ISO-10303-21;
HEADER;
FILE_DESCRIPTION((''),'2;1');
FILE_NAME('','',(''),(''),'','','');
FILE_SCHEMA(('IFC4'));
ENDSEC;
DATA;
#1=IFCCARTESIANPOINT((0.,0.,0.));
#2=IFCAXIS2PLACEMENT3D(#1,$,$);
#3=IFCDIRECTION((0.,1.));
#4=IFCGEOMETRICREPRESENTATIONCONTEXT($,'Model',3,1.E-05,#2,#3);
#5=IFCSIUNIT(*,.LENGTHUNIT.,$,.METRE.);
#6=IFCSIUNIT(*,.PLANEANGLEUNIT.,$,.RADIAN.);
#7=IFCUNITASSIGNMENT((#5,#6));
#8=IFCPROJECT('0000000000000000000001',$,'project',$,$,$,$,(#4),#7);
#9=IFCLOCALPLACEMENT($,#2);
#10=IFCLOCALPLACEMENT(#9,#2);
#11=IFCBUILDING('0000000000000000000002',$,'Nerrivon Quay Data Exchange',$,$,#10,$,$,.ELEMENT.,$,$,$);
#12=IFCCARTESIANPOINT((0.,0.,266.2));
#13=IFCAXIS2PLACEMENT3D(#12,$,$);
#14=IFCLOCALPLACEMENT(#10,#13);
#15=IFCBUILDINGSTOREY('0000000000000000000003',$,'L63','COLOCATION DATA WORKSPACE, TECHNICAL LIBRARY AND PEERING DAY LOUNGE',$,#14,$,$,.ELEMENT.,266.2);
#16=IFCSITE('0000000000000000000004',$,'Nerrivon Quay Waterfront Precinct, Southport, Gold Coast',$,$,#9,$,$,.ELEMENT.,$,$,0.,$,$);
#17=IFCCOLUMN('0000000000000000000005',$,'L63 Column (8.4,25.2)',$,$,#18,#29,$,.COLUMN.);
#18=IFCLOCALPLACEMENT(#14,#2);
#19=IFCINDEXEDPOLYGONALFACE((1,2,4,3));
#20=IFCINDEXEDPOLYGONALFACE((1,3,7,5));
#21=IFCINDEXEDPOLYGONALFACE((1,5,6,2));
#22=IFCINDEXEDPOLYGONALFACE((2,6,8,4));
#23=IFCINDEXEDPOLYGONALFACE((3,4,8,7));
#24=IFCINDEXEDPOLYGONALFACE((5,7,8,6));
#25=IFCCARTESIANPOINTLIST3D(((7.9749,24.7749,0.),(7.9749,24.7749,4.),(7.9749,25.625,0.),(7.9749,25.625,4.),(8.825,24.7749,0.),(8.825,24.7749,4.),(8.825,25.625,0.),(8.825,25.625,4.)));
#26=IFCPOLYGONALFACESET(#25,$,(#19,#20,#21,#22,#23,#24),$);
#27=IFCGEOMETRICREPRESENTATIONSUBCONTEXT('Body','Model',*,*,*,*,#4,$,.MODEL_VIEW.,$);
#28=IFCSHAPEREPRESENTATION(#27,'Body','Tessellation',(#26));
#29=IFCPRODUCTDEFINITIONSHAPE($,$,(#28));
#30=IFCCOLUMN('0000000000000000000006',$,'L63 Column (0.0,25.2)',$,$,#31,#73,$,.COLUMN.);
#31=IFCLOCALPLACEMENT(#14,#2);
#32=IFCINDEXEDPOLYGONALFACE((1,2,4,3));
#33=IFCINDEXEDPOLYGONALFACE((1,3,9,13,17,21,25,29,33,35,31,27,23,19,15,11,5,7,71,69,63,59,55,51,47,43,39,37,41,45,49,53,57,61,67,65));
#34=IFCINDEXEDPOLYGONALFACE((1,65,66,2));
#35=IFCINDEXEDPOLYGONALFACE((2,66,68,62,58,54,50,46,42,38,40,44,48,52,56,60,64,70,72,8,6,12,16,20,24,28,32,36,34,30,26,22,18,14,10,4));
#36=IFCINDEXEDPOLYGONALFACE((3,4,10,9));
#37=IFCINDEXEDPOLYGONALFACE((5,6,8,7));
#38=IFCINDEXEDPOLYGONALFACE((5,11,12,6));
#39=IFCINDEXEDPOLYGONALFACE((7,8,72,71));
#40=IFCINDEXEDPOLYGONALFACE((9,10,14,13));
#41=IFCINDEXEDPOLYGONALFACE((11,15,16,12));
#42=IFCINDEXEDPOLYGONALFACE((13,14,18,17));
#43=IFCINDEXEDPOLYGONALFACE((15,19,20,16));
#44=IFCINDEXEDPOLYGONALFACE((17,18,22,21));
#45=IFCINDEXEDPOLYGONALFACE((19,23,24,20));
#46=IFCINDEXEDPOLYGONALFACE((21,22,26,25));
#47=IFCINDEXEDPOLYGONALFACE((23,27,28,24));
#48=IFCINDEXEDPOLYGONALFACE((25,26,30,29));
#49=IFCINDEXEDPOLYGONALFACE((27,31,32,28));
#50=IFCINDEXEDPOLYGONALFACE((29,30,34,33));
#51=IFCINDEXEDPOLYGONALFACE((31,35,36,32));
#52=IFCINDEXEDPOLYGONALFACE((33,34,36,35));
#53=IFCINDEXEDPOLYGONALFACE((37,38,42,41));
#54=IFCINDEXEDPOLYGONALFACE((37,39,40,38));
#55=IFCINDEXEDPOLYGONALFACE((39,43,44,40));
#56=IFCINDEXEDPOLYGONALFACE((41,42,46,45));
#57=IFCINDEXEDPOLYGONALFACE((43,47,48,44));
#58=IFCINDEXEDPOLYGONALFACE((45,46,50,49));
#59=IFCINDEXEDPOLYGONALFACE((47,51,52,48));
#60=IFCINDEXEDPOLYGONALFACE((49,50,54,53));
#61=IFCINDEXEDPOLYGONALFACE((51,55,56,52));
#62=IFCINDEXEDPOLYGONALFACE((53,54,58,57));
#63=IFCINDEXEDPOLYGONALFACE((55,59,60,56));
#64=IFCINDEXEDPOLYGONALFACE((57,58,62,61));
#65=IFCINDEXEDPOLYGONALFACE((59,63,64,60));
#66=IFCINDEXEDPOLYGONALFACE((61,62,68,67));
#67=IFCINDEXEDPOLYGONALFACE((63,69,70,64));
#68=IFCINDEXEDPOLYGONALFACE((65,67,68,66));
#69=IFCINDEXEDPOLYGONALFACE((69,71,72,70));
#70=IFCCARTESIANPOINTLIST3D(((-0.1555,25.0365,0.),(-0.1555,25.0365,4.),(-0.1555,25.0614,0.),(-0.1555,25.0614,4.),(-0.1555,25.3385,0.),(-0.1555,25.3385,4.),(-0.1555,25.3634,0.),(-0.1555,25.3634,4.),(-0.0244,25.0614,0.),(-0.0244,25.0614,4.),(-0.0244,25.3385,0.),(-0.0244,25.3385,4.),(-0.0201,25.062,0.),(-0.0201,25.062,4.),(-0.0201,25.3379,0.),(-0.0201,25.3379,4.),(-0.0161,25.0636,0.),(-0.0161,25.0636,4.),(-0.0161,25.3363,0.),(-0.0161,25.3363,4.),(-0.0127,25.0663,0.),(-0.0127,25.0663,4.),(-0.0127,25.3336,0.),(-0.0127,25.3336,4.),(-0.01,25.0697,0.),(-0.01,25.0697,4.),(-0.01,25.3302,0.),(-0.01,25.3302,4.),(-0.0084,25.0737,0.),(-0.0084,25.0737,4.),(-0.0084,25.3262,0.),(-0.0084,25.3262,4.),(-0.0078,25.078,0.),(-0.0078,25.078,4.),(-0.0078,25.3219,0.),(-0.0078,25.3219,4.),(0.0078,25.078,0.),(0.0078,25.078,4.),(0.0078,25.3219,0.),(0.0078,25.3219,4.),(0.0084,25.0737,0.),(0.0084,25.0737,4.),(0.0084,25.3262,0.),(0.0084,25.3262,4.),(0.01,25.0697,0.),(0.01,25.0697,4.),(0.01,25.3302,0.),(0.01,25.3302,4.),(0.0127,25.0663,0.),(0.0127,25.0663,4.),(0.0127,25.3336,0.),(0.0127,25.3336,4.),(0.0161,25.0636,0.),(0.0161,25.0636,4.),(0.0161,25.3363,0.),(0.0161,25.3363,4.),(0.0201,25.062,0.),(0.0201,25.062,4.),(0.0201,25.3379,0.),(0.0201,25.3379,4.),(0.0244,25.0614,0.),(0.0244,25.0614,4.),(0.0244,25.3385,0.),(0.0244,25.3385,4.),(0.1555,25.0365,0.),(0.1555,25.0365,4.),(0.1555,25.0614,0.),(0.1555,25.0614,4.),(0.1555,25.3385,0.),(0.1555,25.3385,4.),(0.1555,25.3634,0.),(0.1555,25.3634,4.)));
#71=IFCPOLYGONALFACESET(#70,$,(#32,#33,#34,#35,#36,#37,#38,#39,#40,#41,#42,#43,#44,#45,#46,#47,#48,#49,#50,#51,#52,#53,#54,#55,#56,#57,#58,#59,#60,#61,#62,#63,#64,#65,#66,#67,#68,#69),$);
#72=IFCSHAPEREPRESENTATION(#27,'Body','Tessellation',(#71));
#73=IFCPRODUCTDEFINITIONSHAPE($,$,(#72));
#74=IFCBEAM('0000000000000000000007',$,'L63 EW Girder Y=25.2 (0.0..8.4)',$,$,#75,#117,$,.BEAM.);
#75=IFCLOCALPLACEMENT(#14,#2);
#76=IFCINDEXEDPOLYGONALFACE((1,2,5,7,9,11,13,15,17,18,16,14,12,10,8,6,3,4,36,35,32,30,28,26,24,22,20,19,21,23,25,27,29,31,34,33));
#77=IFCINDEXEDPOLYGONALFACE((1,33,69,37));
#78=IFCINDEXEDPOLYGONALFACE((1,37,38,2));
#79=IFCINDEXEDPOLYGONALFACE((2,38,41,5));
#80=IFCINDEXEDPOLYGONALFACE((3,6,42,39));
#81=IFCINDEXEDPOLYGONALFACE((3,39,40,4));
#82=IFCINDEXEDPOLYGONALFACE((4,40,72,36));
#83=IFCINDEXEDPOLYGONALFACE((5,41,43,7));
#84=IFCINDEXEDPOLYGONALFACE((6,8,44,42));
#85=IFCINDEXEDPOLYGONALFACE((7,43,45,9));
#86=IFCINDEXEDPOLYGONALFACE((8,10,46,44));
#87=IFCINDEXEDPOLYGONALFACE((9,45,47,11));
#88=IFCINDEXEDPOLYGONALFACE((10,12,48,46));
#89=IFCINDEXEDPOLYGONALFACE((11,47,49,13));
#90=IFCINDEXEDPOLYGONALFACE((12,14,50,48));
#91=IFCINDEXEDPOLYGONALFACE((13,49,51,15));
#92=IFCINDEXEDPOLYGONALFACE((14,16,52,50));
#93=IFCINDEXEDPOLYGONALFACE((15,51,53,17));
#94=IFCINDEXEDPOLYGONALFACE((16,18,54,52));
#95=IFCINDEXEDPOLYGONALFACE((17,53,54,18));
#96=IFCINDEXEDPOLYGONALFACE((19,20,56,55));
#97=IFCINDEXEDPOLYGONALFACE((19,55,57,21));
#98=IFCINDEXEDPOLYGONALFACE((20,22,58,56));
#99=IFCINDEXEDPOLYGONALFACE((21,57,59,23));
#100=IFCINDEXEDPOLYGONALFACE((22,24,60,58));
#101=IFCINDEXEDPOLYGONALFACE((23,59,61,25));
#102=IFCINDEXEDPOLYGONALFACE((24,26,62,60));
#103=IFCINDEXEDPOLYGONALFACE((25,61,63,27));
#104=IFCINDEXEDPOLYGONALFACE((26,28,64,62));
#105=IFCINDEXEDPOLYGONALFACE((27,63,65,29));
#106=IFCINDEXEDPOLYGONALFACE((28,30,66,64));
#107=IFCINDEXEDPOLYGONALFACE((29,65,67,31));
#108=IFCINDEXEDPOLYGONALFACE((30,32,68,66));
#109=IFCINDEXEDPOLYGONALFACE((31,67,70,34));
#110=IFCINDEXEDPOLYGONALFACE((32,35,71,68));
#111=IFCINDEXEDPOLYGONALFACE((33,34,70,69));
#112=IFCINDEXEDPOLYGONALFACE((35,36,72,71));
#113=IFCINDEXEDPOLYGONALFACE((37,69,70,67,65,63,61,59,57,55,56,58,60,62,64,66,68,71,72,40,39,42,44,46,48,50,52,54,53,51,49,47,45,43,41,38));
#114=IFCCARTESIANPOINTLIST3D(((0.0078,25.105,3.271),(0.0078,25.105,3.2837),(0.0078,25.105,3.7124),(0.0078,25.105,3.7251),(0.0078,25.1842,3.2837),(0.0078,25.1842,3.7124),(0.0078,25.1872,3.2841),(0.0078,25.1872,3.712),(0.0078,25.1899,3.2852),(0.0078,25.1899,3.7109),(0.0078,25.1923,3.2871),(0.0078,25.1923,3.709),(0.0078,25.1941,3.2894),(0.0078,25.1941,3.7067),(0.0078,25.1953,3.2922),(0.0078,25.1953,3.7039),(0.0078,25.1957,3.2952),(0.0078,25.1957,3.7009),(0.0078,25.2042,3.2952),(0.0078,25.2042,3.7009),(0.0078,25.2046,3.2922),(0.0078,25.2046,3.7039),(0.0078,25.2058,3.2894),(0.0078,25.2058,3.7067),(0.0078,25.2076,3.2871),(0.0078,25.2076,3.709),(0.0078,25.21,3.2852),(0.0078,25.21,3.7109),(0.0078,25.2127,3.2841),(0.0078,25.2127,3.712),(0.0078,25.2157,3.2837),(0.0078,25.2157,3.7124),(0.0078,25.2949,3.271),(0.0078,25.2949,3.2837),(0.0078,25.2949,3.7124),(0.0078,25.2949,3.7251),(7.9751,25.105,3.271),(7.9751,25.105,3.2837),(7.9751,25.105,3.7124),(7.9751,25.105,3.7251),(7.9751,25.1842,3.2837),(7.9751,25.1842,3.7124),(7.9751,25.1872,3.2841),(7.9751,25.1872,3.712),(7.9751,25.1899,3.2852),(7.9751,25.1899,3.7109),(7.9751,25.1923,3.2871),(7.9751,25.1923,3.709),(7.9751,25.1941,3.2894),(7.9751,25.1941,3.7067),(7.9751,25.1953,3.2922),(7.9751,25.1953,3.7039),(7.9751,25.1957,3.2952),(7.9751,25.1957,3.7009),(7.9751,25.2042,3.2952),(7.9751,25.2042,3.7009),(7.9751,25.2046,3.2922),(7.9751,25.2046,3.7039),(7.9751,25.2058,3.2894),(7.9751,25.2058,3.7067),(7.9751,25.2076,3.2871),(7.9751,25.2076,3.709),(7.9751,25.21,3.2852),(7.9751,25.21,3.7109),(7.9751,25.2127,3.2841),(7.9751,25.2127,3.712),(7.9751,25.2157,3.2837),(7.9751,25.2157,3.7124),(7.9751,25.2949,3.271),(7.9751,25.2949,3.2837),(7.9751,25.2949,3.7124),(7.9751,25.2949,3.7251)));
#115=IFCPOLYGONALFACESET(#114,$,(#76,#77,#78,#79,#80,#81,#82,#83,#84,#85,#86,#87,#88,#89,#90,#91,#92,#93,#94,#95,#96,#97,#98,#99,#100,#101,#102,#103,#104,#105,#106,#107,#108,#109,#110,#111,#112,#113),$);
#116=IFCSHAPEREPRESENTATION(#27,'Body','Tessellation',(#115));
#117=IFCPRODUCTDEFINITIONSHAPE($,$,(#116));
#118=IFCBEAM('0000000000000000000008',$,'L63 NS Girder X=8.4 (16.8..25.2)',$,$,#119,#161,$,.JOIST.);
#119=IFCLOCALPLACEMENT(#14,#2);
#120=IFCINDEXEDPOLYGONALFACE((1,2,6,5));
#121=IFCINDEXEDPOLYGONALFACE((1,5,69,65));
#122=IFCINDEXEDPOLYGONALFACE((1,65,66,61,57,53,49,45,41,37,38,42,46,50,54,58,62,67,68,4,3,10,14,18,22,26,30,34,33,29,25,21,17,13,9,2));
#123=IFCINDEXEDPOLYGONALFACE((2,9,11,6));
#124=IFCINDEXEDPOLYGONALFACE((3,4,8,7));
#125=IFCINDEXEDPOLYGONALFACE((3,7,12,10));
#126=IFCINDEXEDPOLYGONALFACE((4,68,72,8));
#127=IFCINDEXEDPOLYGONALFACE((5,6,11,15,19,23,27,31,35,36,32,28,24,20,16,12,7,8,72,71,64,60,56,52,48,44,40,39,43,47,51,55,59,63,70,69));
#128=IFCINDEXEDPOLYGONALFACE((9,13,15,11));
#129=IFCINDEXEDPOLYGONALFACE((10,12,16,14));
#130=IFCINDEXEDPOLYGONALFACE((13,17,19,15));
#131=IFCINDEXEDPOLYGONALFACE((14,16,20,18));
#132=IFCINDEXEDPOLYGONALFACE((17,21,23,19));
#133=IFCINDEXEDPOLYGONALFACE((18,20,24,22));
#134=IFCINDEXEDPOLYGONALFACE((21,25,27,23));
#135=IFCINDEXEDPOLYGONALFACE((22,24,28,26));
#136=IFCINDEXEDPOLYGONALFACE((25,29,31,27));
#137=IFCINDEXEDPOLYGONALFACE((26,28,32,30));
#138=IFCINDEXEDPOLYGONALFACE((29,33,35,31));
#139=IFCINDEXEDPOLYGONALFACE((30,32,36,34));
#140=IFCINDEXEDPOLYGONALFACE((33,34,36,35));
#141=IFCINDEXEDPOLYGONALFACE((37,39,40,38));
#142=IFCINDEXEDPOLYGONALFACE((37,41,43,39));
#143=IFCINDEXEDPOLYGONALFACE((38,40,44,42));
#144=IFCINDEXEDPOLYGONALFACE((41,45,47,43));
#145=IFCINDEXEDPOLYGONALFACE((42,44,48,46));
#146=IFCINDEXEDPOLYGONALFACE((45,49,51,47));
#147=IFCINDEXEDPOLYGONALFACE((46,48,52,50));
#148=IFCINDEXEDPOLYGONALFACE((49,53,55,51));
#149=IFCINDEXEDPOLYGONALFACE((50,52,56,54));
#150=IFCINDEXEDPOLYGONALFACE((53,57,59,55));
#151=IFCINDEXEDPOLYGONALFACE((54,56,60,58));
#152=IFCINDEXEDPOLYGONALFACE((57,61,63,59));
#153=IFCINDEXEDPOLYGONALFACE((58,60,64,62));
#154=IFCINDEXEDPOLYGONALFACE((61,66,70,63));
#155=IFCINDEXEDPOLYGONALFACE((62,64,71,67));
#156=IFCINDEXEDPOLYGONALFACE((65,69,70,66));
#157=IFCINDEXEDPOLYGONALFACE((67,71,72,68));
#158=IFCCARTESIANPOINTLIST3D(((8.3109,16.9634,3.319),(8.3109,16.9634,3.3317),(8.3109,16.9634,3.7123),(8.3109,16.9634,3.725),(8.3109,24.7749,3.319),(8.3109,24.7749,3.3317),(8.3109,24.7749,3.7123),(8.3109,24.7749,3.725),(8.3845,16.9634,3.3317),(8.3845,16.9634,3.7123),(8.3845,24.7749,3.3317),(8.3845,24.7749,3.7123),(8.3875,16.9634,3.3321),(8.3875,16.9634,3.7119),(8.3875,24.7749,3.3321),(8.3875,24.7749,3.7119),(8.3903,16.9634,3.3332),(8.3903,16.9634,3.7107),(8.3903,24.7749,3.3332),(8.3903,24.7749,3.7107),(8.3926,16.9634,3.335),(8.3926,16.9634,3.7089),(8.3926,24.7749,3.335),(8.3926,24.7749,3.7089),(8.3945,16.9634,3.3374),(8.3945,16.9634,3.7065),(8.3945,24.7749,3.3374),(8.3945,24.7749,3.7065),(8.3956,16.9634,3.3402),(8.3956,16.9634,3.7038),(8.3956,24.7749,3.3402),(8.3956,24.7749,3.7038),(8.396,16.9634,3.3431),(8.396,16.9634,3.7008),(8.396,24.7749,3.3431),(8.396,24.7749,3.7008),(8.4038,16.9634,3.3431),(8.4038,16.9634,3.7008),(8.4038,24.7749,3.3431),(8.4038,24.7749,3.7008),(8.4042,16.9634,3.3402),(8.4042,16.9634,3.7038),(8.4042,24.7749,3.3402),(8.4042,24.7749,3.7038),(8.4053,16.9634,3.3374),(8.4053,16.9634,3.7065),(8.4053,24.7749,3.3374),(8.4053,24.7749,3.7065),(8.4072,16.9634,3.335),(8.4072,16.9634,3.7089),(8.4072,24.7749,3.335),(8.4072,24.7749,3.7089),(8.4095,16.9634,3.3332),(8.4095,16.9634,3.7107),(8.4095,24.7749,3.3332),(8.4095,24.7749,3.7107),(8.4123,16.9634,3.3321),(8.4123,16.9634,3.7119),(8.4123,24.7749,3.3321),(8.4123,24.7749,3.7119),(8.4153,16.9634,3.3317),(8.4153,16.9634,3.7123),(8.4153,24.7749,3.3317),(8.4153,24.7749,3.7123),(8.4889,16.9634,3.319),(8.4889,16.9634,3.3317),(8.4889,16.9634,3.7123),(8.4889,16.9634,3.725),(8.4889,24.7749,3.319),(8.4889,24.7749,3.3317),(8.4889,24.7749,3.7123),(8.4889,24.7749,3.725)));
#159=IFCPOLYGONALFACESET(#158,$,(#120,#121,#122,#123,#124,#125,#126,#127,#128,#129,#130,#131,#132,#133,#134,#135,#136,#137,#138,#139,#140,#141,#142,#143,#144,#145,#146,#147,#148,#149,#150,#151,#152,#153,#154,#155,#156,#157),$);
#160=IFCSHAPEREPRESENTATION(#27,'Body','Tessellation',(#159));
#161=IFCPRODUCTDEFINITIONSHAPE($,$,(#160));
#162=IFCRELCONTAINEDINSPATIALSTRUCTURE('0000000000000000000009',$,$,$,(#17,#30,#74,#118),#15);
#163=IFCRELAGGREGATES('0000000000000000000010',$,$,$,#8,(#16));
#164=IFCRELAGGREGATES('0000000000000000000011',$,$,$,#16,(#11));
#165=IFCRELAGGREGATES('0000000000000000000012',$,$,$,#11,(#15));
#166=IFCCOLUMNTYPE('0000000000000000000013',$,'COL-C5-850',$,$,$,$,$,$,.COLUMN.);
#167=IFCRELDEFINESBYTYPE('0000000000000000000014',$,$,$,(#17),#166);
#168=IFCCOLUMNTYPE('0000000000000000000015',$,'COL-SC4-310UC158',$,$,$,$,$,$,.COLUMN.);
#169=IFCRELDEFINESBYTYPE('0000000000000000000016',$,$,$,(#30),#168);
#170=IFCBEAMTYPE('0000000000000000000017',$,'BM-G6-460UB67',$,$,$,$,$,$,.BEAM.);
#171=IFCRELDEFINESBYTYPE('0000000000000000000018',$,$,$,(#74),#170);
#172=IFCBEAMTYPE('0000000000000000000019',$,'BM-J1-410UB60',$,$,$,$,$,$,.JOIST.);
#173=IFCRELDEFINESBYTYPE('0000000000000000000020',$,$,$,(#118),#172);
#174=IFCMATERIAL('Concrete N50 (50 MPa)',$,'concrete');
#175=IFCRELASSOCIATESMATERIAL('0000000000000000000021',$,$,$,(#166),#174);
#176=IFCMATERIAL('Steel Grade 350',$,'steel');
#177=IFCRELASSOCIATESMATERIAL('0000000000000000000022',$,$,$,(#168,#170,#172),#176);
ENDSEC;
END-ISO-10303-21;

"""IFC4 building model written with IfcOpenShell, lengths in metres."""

from ifc_helpers import new_model, si_unit, direction, frame, origin, origin_2d, place, context, subcontext, project, spatial, rectangle, i_section, extrude, material, material_profile, profile_set, type_object, element, save


model = new_model("IFC4")

# Units and contexts
model_context = context("Model", 3, precision=1e-05, world=origin(), true_north=direction((0.0, 1.0)))
body_context = subcontext(model_context, "Body", "Model", "MODEL_VIEW")
ifc_project = project(units=[si_unit("LENGTHUNIT", "METRE"), si_unit("PLANEANGLEUNIT", "RADIAN")], contexts=[model_context])

# Site, building, storey
site_placement = place(None, origin())
site = spatial("IfcSite", under=ifc_project, at=site_placement, Name="Nerrivon Quay Waterfront Precinct, Southport, Gold Coast", CompositionType="ELEMENT", RefElevation=0.0)
building_placement = place(site_placement, origin())
building = spatial("IfcBuilding", under=site, at=building_placement, Name="Nerrivon Quay Data Exchange", CompositionType="ELEMENT")
storey_placement = place(building_placement, frame((0.0, 0.0, 266.2)))
storey = spatial("IfcBuildingStorey", under=building, at=storey_placement, Name="L63", Description="COLOCATION DATA WORKSPACE, TECHNICAL LIBRARY AND PEERING DAY LOUNGE", CompositionType="ELEMENT", Elevation=266.2)

# Columns
ifc_material_1 = material(Name="Concrete N50 (50 MPa)", Category="concrete")
ifc_material_profile_1 = material_profile(ifc_material_1, rectangle(XDim=0.8501, YDim=0.8501, at=origin_2d()), Name="RC-COL-850x850")
ifc_profile_set_1 = profile_set([ifc_material_profile_1], Name="Concrete N50 (50 MPa)")
column_type_1 = type_object("IfcColumnType", Name="COL-C5-850", PredefinedType="COLUMN", material=ifc_profile_set_1)
column_1_placement = place(storey_placement, frame((8.3999, 25.2, 0.0), z_axis=(0.0, 0.0, 1.0), x_axis=(1.0, 0.0, 0.0)))
element("IfcColumn", 1, at=column_1_placement, inside=storey, type_object=column_type_1, Name="L63 Column (8.4,25.2)", PredefinedType="COLUMN", context=body_context, shape_type="SweptSolid", body=[
    extrude(rectangle(XDim=0.8501, YDim=0.8501, at=origin_2d()), origin(), (0.0, 0.0, 1.0), 4.0),
])
ifc_material_2 = material(Name="Steel Grade 350", Category="steel")
ifc_material_profile_2 = material_profile(ifc_material_2, i_section(OverallWidth=0.311, OverallDepth=0.3269, WebThickness=0.0156, FlangeThickness=0.0249, FilletRadius=0.0166, at=origin_2d()), Name="310UC158")
ifc_profile_set_2 = profile_set([ifc_material_profile_2], Name="Steel Grade 350")
column_type_2 = type_object("IfcColumnType", Name="COL-SC4-310UC158", PredefinedType="COLUMN", material=ifc_profile_set_2)
column_2_placement = place(storey_placement, frame((0.0, 25.2, 0.0), z_axis=(0.0, 0.0, 1.0), x_axis=(1.0, 0.0, 0.0)))
element("IfcColumn", 2, at=column_2_placement, inside=storey, type_object=column_type_2, Name="L63 Column (0.0,25.2)", PredefinedType="COLUMN", context=body_context, shape_type="SweptSolid", body=[
    extrude(i_section(OverallWidth=0.311, OverallDepth=0.3269, WebThickness=0.0156, FlangeThickness=0.0249, FilletRadius=0.0166, at=origin_2d()), origin(), (0.0, 0.0, 1.0), 4.0),
])

# Beams
ifc_material_profile_3 = material_profile(ifc_material_2, i_section(OverallWidth=0.1899, OverallDepth=0.4541, WebThickness=0.0085, FlangeThickness=0.0127, FilletRadius=0.0115, at=origin_2d()), Name="460UB67.1")
ifc_profile_set_3 = profile_set([ifc_material_profile_3], Name="Steel Grade 350")
beam_type_1 = type_object("IfcBeamType", Name="BM-G6-460UB67", PredefinedType="BEAM", material=ifc_profile_set_3)
beam_1_placement = place(storey_placement, frame((0.0078, 25.2, 3.498), z_axis=(1.0, 0.0, 0.0), x_axis=(0.0, 1.0, 0.0)))
element("IfcBeam", 3, at=beam_1_placement, inside=storey, type_object=beam_type_1, Name="L63 EW Girder Y=25.2 (0.0..8.4)", PredefinedType="BEAM", context=body_context, shape_type="SweptSolid", body=[
    extrude(i_section(OverallWidth=0.1899, OverallDepth=0.4541, WebThickness=0.0085, FlangeThickness=0.0127, FilletRadius=0.0115, at=origin_2d()), origin(), (0.0, 0.0, 1.0), 7.9673),
])
ifc_material_profile_4 = material_profile(ifc_material_2, i_section(OverallWidth=0.178, OverallDepth=0.406, WebThickness=0.0078, FlangeThickness=0.0127, FilletRadius=0.0115, at=origin_2d()), Name="410UB59.7")
ifc_profile_set_4 = profile_set([ifc_material_profile_4], Name="Steel Grade 350")
beam_type_2 = type_object("IfcBeamType", Name="BM-J1-410UB60", PredefinedType="JOIST", material=ifc_profile_set_4)
beam_2_placement = place(storey_placement, frame((8.3999, 16.9634, 3.522), z_axis=(0.0, 1.0, 0.0), x_axis=(-1.0, 0.0, 0.0)))
element("IfcBeam", 4, at=beam_2_placement, inside=storey, type_object=beam_type_2, Name="L63 NS Girder X=8.4 (16.8..25.2)", PredefinedType="JOIST", context=body_context, shape_type="SweptSolid", body=[
    extrude(i_section(OverallWidth=0.178, OverallDepth=0.406, WebThickness=0.0078, FlangeThickness=0.0127, FilletRadius=0.0115, at=origin_2d()), origin(), (0.0, 0.0, 1.0), 7.8115),
])

save(model, "model.ifc")
